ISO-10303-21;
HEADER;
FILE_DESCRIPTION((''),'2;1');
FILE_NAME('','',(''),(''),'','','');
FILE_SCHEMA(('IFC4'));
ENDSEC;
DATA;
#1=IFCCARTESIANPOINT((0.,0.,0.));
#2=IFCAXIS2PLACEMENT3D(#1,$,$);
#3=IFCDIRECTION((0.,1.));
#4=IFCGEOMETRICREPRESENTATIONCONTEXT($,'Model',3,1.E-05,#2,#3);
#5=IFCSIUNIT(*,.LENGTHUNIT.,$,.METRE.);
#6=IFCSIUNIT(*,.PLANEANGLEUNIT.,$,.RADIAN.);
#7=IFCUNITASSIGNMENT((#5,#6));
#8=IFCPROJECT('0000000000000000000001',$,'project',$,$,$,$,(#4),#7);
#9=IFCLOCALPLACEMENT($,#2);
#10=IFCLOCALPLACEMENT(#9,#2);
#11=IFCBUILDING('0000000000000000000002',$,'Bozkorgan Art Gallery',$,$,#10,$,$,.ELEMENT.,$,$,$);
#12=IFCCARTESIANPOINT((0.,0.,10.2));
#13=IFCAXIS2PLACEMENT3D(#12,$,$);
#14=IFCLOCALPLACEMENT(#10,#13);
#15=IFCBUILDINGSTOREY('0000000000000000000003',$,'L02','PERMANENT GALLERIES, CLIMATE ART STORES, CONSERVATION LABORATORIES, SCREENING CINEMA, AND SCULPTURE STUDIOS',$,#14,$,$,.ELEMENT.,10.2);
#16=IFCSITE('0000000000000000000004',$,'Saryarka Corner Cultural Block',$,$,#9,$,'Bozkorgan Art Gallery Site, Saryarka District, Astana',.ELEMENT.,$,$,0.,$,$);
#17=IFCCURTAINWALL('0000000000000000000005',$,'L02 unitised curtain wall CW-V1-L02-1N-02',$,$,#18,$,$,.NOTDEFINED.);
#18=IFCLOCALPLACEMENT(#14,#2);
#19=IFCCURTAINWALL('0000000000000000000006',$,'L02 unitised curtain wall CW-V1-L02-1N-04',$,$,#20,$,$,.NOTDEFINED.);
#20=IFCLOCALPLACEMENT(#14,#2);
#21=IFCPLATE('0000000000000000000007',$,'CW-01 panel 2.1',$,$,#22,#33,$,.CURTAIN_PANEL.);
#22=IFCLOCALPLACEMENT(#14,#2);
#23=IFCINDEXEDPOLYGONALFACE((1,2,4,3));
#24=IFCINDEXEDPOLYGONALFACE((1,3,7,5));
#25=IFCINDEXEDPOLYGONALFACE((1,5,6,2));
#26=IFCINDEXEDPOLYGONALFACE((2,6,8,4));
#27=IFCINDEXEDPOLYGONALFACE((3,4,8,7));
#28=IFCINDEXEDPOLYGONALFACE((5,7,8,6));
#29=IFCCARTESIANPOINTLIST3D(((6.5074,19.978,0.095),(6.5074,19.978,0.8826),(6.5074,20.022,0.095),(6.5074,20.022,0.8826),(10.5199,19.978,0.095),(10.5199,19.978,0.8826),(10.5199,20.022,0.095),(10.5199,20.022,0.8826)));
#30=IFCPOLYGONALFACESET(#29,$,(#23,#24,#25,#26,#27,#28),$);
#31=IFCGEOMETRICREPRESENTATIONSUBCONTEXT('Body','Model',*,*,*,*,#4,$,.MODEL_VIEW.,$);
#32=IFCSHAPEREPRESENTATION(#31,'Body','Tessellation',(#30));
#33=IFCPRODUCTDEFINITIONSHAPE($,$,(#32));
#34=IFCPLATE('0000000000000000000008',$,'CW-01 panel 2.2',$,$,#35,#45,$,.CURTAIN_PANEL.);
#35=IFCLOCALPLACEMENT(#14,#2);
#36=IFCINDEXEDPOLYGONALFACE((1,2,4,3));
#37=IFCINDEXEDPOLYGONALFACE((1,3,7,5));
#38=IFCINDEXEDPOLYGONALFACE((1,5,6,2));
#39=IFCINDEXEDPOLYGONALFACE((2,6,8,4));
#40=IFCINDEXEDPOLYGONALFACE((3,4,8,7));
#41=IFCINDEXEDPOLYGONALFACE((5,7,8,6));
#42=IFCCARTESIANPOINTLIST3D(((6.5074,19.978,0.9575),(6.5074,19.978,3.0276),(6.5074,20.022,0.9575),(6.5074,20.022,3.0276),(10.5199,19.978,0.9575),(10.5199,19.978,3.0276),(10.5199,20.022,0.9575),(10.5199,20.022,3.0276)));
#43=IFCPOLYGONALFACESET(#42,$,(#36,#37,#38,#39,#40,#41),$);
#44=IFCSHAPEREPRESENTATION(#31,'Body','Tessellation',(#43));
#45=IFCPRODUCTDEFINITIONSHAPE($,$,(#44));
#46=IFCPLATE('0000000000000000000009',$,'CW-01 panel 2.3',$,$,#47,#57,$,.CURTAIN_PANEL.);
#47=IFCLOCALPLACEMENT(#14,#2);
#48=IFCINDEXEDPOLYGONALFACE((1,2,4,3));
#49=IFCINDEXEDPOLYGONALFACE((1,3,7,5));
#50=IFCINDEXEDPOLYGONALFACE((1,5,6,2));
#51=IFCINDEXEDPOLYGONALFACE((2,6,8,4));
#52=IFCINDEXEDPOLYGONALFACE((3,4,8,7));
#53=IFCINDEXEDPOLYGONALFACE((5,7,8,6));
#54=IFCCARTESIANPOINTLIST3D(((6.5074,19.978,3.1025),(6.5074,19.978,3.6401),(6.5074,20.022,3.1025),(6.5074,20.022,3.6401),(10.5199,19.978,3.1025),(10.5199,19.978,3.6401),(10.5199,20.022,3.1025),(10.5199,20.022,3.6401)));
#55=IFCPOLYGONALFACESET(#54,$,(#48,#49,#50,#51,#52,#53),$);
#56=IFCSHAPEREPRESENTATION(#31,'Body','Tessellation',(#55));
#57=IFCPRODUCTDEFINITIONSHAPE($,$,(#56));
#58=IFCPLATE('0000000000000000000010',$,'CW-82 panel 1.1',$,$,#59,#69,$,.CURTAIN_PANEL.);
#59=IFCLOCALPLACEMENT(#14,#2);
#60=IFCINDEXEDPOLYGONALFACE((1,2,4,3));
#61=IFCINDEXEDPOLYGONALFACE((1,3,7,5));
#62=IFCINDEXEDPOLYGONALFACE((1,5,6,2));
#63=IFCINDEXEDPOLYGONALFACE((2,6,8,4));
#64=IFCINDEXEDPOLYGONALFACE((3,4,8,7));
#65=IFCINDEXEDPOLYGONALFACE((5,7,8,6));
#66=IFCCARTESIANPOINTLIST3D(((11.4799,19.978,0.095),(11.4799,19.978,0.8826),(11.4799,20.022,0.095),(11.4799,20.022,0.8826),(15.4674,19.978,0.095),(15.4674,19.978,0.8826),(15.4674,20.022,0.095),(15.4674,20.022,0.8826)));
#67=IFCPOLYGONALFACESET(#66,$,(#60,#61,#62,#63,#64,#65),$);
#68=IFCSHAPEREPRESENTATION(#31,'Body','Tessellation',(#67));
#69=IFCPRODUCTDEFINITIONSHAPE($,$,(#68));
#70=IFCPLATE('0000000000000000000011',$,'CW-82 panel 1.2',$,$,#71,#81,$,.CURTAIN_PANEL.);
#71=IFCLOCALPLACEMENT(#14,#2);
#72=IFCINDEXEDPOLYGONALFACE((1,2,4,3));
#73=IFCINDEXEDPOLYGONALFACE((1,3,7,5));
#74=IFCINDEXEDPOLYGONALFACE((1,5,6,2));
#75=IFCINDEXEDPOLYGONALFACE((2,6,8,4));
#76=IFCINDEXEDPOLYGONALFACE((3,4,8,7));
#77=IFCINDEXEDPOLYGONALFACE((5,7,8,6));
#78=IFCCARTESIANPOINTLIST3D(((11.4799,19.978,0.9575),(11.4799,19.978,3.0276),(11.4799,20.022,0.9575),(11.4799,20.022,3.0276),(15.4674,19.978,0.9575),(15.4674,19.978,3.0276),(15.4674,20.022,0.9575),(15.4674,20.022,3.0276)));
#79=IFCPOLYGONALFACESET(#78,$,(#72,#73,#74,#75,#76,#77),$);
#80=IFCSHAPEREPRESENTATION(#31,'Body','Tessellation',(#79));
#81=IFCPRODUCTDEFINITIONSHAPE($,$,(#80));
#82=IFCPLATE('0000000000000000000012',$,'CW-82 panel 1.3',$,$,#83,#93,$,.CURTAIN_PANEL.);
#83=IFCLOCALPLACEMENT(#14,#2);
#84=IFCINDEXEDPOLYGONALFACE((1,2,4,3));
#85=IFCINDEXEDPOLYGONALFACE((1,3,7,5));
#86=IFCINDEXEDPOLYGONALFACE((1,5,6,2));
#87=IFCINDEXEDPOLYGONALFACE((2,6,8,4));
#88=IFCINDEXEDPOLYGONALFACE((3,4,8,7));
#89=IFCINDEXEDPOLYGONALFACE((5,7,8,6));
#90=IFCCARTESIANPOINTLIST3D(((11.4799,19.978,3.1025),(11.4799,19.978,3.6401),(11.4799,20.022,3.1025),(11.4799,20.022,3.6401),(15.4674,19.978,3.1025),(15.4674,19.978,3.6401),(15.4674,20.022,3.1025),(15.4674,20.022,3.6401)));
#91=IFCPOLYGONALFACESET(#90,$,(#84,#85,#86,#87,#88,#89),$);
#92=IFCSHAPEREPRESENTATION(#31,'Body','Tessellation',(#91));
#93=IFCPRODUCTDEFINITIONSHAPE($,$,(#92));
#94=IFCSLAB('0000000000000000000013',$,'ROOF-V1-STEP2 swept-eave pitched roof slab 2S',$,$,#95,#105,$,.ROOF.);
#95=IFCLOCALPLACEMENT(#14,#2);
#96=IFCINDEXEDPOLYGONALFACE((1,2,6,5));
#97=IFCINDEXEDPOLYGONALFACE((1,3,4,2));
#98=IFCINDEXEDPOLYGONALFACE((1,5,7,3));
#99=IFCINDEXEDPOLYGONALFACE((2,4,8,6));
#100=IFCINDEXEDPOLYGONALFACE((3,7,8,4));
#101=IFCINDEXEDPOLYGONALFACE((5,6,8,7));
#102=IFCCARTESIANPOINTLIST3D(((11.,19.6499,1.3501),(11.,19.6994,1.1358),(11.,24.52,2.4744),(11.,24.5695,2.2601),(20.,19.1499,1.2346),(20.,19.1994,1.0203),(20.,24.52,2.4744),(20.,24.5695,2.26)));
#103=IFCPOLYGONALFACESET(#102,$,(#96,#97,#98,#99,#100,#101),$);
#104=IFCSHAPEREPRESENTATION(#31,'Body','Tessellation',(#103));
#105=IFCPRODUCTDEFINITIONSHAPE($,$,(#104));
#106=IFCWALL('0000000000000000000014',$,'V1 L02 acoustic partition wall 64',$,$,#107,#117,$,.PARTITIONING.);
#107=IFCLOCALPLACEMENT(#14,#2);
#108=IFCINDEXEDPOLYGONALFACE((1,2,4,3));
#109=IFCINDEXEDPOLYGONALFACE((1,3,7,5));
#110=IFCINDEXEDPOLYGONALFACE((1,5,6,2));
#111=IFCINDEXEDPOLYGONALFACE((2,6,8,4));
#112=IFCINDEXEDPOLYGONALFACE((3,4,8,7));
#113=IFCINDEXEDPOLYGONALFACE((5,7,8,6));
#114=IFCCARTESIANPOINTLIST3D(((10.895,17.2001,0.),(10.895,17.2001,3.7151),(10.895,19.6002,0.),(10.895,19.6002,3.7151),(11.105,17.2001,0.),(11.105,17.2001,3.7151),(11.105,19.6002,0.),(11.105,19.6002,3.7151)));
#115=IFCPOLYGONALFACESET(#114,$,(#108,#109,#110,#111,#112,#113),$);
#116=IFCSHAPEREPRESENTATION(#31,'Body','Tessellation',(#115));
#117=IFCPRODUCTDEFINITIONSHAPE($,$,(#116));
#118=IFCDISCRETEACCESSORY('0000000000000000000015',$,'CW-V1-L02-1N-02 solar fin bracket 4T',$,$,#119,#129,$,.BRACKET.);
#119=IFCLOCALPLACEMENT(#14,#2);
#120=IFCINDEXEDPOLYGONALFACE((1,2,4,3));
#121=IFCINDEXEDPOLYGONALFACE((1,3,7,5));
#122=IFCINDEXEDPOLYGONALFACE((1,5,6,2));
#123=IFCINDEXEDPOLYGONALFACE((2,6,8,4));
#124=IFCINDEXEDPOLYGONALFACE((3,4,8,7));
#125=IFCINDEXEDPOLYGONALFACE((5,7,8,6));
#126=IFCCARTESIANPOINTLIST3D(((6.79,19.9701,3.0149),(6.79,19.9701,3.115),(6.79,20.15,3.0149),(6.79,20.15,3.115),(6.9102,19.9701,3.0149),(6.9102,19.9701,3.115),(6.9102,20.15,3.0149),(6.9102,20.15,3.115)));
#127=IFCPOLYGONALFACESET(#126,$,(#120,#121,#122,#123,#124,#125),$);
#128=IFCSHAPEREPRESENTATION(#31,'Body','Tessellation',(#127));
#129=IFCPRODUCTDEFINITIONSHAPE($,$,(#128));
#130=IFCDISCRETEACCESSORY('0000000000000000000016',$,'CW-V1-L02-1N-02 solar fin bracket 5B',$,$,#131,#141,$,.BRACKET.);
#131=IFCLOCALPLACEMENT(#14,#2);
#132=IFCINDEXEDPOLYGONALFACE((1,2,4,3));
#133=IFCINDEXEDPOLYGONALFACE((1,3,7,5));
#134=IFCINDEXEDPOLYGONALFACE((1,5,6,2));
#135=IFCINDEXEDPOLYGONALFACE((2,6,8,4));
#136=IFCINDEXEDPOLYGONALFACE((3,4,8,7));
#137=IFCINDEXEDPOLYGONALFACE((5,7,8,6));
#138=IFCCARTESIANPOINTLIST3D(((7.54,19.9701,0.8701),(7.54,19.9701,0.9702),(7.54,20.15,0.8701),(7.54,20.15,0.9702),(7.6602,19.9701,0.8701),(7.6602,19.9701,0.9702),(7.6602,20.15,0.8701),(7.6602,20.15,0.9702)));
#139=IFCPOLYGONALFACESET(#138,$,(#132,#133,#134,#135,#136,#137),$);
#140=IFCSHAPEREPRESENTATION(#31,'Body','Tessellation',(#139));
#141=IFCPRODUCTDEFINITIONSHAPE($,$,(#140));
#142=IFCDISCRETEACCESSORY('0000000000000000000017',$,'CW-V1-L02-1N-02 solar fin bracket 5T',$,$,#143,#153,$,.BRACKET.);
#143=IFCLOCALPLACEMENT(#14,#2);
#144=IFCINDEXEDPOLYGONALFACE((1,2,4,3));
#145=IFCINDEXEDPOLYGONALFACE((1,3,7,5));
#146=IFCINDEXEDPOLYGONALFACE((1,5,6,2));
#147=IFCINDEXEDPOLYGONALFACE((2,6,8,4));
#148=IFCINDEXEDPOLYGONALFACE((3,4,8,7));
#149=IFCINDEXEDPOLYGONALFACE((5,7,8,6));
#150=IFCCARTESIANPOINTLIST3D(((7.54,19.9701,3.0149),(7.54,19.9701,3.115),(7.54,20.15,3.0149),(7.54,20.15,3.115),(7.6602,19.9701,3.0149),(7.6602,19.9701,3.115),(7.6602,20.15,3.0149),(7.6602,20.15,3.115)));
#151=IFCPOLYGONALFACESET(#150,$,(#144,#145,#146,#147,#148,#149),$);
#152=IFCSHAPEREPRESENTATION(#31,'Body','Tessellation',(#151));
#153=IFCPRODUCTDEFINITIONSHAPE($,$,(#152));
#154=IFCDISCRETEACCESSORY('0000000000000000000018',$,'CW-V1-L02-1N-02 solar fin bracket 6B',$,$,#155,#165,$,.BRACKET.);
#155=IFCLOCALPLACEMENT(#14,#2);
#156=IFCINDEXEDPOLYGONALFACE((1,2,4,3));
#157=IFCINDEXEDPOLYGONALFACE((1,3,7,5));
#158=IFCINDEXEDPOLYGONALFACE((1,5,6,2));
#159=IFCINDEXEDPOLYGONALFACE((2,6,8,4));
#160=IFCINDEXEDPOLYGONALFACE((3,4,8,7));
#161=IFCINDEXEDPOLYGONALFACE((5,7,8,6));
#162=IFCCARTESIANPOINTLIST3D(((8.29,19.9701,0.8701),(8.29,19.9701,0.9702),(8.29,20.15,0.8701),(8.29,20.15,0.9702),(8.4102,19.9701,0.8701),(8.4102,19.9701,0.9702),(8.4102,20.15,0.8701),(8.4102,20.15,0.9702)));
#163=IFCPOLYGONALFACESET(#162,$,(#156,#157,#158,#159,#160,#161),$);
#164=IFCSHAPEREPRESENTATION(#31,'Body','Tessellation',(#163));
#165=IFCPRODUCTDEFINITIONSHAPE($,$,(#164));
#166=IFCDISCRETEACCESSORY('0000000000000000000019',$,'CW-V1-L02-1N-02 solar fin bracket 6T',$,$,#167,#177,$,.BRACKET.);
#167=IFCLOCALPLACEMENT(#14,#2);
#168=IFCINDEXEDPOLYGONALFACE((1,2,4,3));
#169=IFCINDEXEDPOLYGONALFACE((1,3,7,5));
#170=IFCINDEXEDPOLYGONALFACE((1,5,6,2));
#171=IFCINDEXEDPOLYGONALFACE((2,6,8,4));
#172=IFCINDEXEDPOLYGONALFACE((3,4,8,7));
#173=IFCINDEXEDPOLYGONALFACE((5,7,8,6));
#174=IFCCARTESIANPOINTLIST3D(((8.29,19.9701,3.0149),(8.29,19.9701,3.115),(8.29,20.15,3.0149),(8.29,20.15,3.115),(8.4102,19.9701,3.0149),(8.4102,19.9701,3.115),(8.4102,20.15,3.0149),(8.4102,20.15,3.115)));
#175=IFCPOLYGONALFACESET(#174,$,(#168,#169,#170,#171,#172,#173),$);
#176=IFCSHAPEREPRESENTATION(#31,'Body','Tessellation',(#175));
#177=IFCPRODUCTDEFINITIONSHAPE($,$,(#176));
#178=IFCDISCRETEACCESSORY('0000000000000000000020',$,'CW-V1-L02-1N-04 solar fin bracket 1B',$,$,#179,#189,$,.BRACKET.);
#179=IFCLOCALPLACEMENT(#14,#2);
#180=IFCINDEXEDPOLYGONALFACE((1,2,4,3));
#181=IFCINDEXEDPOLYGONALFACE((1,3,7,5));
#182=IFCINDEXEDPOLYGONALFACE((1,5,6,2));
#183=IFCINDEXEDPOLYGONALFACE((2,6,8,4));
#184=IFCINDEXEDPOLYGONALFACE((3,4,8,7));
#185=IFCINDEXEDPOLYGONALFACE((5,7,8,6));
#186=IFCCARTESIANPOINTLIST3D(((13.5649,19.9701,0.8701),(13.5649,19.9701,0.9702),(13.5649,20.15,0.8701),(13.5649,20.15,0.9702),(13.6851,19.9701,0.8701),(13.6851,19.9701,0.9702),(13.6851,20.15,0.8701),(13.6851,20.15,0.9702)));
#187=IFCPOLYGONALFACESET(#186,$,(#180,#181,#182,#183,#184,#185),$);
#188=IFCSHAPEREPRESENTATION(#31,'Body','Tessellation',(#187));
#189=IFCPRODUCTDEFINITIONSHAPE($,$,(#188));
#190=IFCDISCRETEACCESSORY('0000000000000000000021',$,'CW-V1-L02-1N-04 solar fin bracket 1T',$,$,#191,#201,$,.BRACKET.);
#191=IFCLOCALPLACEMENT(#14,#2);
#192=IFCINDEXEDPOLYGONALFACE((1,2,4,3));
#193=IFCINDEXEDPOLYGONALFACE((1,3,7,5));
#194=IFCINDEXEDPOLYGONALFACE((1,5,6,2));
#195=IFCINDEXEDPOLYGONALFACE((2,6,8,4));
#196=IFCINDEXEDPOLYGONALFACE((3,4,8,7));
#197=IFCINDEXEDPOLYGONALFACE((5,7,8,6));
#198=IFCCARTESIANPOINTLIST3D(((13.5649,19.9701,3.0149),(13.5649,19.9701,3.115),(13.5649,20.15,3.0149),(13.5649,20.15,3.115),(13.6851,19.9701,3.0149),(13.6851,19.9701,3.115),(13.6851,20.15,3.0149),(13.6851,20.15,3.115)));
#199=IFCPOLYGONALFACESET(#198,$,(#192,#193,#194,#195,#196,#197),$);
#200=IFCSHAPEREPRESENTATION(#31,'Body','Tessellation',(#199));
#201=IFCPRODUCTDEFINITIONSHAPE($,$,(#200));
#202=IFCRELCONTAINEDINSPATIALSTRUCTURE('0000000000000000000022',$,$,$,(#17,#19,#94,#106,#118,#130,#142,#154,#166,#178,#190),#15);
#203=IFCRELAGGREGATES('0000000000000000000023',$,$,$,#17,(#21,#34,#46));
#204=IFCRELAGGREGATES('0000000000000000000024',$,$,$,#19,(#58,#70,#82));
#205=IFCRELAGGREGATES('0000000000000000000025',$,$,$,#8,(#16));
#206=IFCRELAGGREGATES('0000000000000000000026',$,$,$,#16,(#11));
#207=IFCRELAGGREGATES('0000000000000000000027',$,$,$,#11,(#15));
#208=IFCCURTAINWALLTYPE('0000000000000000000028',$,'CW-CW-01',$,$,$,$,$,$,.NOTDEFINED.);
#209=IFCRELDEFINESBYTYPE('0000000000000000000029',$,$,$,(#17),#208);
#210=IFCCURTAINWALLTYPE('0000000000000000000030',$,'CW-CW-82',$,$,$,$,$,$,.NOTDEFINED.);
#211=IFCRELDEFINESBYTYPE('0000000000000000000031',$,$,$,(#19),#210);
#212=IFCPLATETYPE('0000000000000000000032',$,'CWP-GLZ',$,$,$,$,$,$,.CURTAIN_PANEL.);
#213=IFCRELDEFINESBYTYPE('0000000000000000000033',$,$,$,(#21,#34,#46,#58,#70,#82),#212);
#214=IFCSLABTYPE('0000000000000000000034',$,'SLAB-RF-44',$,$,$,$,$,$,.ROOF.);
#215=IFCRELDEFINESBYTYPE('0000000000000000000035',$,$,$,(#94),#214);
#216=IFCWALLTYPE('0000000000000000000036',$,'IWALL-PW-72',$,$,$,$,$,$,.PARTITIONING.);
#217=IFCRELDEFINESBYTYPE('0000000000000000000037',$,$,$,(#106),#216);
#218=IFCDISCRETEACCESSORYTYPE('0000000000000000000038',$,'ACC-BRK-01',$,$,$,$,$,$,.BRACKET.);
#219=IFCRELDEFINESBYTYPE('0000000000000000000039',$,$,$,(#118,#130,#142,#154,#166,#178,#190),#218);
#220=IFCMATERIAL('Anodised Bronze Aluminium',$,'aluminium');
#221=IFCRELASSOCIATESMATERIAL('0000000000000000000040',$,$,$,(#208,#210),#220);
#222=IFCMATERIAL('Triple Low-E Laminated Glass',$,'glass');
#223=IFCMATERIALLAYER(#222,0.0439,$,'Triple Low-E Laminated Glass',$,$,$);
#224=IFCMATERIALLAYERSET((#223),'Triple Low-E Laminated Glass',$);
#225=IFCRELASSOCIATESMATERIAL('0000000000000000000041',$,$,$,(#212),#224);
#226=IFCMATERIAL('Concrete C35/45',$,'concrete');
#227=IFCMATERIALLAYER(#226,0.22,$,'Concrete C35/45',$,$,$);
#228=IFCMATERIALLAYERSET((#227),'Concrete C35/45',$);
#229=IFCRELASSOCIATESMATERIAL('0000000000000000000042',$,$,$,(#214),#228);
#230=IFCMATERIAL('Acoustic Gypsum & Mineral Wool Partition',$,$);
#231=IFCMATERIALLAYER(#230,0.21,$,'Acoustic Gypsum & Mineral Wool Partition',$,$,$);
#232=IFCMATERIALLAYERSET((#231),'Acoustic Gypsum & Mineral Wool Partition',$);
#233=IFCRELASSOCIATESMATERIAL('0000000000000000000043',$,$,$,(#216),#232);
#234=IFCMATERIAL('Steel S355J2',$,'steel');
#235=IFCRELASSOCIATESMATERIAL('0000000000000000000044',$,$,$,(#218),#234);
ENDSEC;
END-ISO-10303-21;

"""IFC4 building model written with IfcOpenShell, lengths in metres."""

from ifc_helpers import new_model, si_unit, direction, frame, frame_2d, origin, origin_2d, place, context, subcontext, project, spatial, polyline, rectangle, outline, extrude, material, layer, layer_set, type_object, element, aggregate, save


model = new_model("IFC4")

# Units and contexts
model_context = context("Model", 3, precision=1e-05, world=origin(), true_north=direction((0.0, 1.0)))
body_context = subcontext(model_context, "Body", "Model", "MODEL_VIEW")
ifc_project = project(units=[si_unit("LENGTHUNIT", "METRE"), si_unit("PLANEANGLEUNIT", "RADIAN")], contexts=[model_context])

# Site, building, storey
site_placement = place(None, origin())
site = spatial("IfcSite", under=ifc_project, at=site_placement, Name="Saryarka Corner Cultural Block", LongName="Bozkorgan Art Gallery Site, Saryarka District, Astana", CompositionType="ELEMENT", RefElevation=0.0)
building_placement = place(site_placement, origin())
building = spatial("IfcBuilding", under=site, at=building_placement, Name="Bozkorgan Art Gallery", CompositionType="ELEMENT")
storey_placement = place(building_placement, frame((0.0, 0.0, 10.2)))
storey = spatial("IfcBuildingStorey", under=building, at=storey_placement, Name="L02", Description="PERMANENT GALLERIES, CLIMATE ART STORES, CONSERVATION LABORATORIES, SCREENING CINEMA, AND SCULPTURE STUDIOS", CompositionType="ELEMENT", Elevation=10.2)

# Shared definitions
ifc_material_1 = material(Name="Concrete C35/45", Category="concrete")
ifc_material_2 = material(Name="Steel S355J2", Category="steel")

# Curtain wall
ifc_material_3 = material(Name="Anodised Bronze Aluminium", Category="aluminium")
curtain_wall_type_1 = type_object("IfcCurtainWallType", Name="CW-CW-01", PredefinedType="NOTDEFINED", material=ifc_material_3)
curtain_wall_1_placement = place(storey_placement, origin())
curtain_wall_1 = element("IfcCurtainWall", 1, at=curtain_wall_1_placement, inside=storey, type_object=curtain_wall_type_1, Name="L02 unitised curtain wall CW-V1-L02-1N-02", PredefinedType="NOTDEFINED")

# Curtain wall
curtain_wall_type_2 = type_object("IfcCurtainWallType", Name="CW-CW-82", PredefinedType="NOTDEFINED", material=ifc_material_3)
curtain_wall_2_placement = place(storey_placement, origin())
curtain_wall_2 = element("IfcCurtainWall", 2, at=curtain_wall_2_placement, inside=storey, type_object=curtain_wall_type_2, Name="L02 unitised curtain wall CW-V1-L02-1N-04", PredefinedType="NOTDEFINED")

# Plates
ifc_material_4 = material(Name="Triple Low-E Laminated Glass", Category="glass")
ifc_layer_1 = layer(ifc_material_4, 0.0439, Name="Triple Low-E Laminated Glass")
ifc_layer_set_1 = layer_set([ifc_layer_1], Name="Triple Low-E Laminated Glass")
plate_type = type_object("IfcPlateType", Name="CWP-GLZ", PredefinedType="CURTAIN_PANEL", material=ifc_layer_set_1)
plate_1_placement = place(storey_placement, frame((8.5137, 20.0, 0.095), z_axis=(0.0, 0.0, 1.0), x_axis=(1.0, 0.0, 0.0)))
plate_1 = element("IfcPlate", 3, at=plate_1_placement, type_object=plate_type, Name="CW-01 panel 2.1", PredefinedType="CURTAIN_PANEL", context=body_context, shape_type="SweptSolid", body=[
    extrude(rectangle(XDim=4.0125, YDim=0.0439, at=origin_2d()), origin(), (0.0, 0.0, 1.0), 0.7876),
])
plate_2_placement = place(storey_placement, frame((8.5137, 20.0, 0.9575), z_axis=(0.0, 0.0, 1.0), x_axis=(1.0, 0.0, 0.0)))
plate_2 = element("IfcPlate", 4, at=plate_2_placement, type_object=plate_type, Name="CW-01 panel 2.2", PredefinedType="CURTAIN_PANEL", context=body_context, shape_type="SweptSolid", body=[
    extrude(rectangle(XDim=4.0125, YDim=0.0439, at=origin_2d()), origin(), (0.0, 0.0, 1.0), 2.0701),
])
plate_3_placement = place(storey_placement, frame((8.5137, 20.0, 3.1025), z_axis=(0.0, 0.0, 1.0), x_axis=(1.0, 0.0, 0.0)))
plate_3 = element("IfcPlate", 5, at=plate_3_placement, type_object=plate_type, Name="CW-01 panel 2.3", PredefinedType="CURTAIN_PANEL", context=body_context, shape_type="SweptSolid", body=[
    extrude(rectangle(XDim=4.0125, YDim=0.0439, at=origin_2d()), origin(), (0.0, 0.0, 1.0), 0.5376),
])
aggregate(curtain_wall_1, [plate_1, plate_2, plate_3])
plate_4_placement = place(storey_placement, frame((13.4736, 20.0, 0.095), z_axis=(0.0, 0.0, 1.0), x_axis=(1.0, 0.0, 0.0)))
plate_4 = element("IfcPlate", 6, at=plate_4_placement, type_object=plate_type, Name="CW-82 panel 1.1", PredefinedType="CURTAIN_PANEL", context=body_context, shape_type="SweptSolid", body=[
    extrude(rectangle(XDim=3.9875, YDim=0.0439, at=origin_2d()), origin(), (0.0, 0.0, 1.0), 0.7876),
])
plate_5_placement = place(storey_placement, frame((13.4736, 20.0, 0.9575), z_axis=(0.0, 0.0, 1.0), x_axis=(1.0, 0.0, 0.0)))
plate_5 = element("IfcPlate", 7, at=plate_5_placement, type_object=plate_type, Name="CW-82 panel 1.2", PredefinedType="CURTAIN_PANEL", context=body_context, shape_type="SweptSolid", body=[
    extrude(rectangle(XDim=3.9875, YDim=0.0439, at=origin_2d()), origin(), (0.0, 0.0, 1.0), 2.0701),
])
plate_6_placement = place(storey_placement, frame((13.4736, 20.0, 3.1025), z_axis=(0.0, 0.0, 1.0), x_axis=(1.0, 0.0, 0.0)))
plate_6 = element("IfcPlate", 8, at=plate_6_placement, type_object=plate_type, Name="CW-82 panel 1.3", PredefinedType="CURTAIN_PANEL", context=body_context, shape_type="SweptSolid", body=[
    extrude(rectangle(XDim=3.9875, YDim=0.0439, at=origin_2d()), origin(), (0.0, 0.0, 1.0), 0.5376),
])
aggregate(curtain_wall_2, [plate_4, plate_5, plate_6])

# Slab
ifc_layer_2 = layer(ifc_material_1, 0.22, Name="Concrete C35/45")
ifc_layer_set_2 = layer_set([ifc_layer_2], Name="Concrete C35/45")
slab_type = type_object("IfcSlabType", Name="SLAB-RF-44", PredefinedType="ROOF", material=ifc_layer_set_2)
slab_placement = place(storey_placement, frame((11.0, 19.6499, 1.3501), z_axis=(0.000003, -0.224939, 0.974373), x_axis=(0.998378, -0.055466, -0.012807)))
element("IfcSlab", 9, at=slab_placement, inside=storey, type_object=slab_type, Name="ROOF-V1-STEP2 swept-eave pitched roof slab 2S", PredefinedType="ROOF", context=body_context, shape_type="SweptSolid", body=[
    extrude(outline(polyline([(0.0, 0.0), (9.0146, 0.0), (8.7009, 5.5024), (-0.2845, 4.9901), (0.0, 0.0)])), origin(), (0.0, 0.0, -1.0), 0.22),
])

# Shared definitions
ifc_material_5 = material(Name="Acoustic Gypsum & Mineral Wool Partition")

# Wall
ifc_layer_3 = layer(ifc_material_5, 0.21, Name="Acoustic Gypsum & Mineral Wool Partition")
ifc_layer_set_3 = layer_set([ifc_layer_3], Name="Acoustic Gypsum & Mineral Wool Partition")
wall_type_1 = type_object("IfcWallType", Name="IWALL-PW-72", PredefinedType="PARTITIONING", material=ifc_layer_set_3)
wall_1_placement = place(storey_placement, frame((11.0, 17.2, 0.0), z_axis=(0.0, 0.0, 1.0), x_axis=(0.0, 1.0, 0.0)))
element("IfcWall", 10, at=wall_1_placement, inside=storey, type_object=wall_type_1, Name="V1 L02 acoustic partition wall 64", PredefinedType="PARTITIONING", context=body_context, shape_type="SweptSolid", body=[
    extrude(rectangle(XDim=2.4001, YDim=0.21, at=frame_2d((1.2002, 0.0))), origin(), (0.0, 0.0, 1.0), 3.7151),
])

# Discrete accessories
discrete_accessory_type = type_object("IfcDiscreteAccessoryType", Name="ACC-BRK-01", PredefinedType="BRACKET", material=ifc_material_2)
for number, where, z_axis, x_axis, name in (
    (11, (6.8501, 20.0601, 3.0149), (0.0, 0.0, 1.0), (0.0, 1.0, 0.0), "CW-V1-L02-1N-02 solar fin bracket 4T"),
    (12, (7.6001, 20.0601, 0.8701), (0.0, 0.0, 1.0), (0.0, 1.0, 0.0), "CW-V1-L02-1N-02 solar fin bracket 5B"),
    (13, (7.6001, 20.0601, 3.0149), (0.0, 0.0, 1.0), (0.0, 1.0, 0.0), "CW-V1-L02-1N-02 solar fin bracket 5T"),
    (14, (8.3501, 20.0601, 0.8701), (0.0, 0.0, 1.0), (0.0, 1.0, 0.0), "CW-V1-L02-1N-02 solar fin bracket 6B"),
    (15, (8.3501, 20.0601, 3.0149), (0.0, 0.0, 1.0), (0.0, 1.0, 0.0), "CW-V1-L02-1N-02 solar fin bracket 6T"),
    (16, (13.625, 20.0601, 0.8701), (0.0, 0.0, 1.0), (0.0, 1.0, 0.0), "CW-V1-L02-1N-04 solar fin bracket 1B"),
    (17, (13.625, 20.0601, 3.0149), (0.0, 0.0, 1.0), (0.0, 1.0, 0.0), "CW-V1-L02-1N-04 solar fin bracket 1T"),
):
    element("IfcDiscreteAccessory", number, at=place(storey_placement, frame(where, z_axis=z_axis, x_axis=x_axis)), inside=storey, type_object=discrete_accessory_type, Name=name, PredefinedType="BRACKET", context=body_context, shape_type="SweptSolid", body=[
        extrude(rectangle(XDim=0.1799, YDim=0.1201, at=origin_2d()), origin(), (0.0, 0.0, 1.0), 0.1001),
    ])

save(model, "model.ifc")
